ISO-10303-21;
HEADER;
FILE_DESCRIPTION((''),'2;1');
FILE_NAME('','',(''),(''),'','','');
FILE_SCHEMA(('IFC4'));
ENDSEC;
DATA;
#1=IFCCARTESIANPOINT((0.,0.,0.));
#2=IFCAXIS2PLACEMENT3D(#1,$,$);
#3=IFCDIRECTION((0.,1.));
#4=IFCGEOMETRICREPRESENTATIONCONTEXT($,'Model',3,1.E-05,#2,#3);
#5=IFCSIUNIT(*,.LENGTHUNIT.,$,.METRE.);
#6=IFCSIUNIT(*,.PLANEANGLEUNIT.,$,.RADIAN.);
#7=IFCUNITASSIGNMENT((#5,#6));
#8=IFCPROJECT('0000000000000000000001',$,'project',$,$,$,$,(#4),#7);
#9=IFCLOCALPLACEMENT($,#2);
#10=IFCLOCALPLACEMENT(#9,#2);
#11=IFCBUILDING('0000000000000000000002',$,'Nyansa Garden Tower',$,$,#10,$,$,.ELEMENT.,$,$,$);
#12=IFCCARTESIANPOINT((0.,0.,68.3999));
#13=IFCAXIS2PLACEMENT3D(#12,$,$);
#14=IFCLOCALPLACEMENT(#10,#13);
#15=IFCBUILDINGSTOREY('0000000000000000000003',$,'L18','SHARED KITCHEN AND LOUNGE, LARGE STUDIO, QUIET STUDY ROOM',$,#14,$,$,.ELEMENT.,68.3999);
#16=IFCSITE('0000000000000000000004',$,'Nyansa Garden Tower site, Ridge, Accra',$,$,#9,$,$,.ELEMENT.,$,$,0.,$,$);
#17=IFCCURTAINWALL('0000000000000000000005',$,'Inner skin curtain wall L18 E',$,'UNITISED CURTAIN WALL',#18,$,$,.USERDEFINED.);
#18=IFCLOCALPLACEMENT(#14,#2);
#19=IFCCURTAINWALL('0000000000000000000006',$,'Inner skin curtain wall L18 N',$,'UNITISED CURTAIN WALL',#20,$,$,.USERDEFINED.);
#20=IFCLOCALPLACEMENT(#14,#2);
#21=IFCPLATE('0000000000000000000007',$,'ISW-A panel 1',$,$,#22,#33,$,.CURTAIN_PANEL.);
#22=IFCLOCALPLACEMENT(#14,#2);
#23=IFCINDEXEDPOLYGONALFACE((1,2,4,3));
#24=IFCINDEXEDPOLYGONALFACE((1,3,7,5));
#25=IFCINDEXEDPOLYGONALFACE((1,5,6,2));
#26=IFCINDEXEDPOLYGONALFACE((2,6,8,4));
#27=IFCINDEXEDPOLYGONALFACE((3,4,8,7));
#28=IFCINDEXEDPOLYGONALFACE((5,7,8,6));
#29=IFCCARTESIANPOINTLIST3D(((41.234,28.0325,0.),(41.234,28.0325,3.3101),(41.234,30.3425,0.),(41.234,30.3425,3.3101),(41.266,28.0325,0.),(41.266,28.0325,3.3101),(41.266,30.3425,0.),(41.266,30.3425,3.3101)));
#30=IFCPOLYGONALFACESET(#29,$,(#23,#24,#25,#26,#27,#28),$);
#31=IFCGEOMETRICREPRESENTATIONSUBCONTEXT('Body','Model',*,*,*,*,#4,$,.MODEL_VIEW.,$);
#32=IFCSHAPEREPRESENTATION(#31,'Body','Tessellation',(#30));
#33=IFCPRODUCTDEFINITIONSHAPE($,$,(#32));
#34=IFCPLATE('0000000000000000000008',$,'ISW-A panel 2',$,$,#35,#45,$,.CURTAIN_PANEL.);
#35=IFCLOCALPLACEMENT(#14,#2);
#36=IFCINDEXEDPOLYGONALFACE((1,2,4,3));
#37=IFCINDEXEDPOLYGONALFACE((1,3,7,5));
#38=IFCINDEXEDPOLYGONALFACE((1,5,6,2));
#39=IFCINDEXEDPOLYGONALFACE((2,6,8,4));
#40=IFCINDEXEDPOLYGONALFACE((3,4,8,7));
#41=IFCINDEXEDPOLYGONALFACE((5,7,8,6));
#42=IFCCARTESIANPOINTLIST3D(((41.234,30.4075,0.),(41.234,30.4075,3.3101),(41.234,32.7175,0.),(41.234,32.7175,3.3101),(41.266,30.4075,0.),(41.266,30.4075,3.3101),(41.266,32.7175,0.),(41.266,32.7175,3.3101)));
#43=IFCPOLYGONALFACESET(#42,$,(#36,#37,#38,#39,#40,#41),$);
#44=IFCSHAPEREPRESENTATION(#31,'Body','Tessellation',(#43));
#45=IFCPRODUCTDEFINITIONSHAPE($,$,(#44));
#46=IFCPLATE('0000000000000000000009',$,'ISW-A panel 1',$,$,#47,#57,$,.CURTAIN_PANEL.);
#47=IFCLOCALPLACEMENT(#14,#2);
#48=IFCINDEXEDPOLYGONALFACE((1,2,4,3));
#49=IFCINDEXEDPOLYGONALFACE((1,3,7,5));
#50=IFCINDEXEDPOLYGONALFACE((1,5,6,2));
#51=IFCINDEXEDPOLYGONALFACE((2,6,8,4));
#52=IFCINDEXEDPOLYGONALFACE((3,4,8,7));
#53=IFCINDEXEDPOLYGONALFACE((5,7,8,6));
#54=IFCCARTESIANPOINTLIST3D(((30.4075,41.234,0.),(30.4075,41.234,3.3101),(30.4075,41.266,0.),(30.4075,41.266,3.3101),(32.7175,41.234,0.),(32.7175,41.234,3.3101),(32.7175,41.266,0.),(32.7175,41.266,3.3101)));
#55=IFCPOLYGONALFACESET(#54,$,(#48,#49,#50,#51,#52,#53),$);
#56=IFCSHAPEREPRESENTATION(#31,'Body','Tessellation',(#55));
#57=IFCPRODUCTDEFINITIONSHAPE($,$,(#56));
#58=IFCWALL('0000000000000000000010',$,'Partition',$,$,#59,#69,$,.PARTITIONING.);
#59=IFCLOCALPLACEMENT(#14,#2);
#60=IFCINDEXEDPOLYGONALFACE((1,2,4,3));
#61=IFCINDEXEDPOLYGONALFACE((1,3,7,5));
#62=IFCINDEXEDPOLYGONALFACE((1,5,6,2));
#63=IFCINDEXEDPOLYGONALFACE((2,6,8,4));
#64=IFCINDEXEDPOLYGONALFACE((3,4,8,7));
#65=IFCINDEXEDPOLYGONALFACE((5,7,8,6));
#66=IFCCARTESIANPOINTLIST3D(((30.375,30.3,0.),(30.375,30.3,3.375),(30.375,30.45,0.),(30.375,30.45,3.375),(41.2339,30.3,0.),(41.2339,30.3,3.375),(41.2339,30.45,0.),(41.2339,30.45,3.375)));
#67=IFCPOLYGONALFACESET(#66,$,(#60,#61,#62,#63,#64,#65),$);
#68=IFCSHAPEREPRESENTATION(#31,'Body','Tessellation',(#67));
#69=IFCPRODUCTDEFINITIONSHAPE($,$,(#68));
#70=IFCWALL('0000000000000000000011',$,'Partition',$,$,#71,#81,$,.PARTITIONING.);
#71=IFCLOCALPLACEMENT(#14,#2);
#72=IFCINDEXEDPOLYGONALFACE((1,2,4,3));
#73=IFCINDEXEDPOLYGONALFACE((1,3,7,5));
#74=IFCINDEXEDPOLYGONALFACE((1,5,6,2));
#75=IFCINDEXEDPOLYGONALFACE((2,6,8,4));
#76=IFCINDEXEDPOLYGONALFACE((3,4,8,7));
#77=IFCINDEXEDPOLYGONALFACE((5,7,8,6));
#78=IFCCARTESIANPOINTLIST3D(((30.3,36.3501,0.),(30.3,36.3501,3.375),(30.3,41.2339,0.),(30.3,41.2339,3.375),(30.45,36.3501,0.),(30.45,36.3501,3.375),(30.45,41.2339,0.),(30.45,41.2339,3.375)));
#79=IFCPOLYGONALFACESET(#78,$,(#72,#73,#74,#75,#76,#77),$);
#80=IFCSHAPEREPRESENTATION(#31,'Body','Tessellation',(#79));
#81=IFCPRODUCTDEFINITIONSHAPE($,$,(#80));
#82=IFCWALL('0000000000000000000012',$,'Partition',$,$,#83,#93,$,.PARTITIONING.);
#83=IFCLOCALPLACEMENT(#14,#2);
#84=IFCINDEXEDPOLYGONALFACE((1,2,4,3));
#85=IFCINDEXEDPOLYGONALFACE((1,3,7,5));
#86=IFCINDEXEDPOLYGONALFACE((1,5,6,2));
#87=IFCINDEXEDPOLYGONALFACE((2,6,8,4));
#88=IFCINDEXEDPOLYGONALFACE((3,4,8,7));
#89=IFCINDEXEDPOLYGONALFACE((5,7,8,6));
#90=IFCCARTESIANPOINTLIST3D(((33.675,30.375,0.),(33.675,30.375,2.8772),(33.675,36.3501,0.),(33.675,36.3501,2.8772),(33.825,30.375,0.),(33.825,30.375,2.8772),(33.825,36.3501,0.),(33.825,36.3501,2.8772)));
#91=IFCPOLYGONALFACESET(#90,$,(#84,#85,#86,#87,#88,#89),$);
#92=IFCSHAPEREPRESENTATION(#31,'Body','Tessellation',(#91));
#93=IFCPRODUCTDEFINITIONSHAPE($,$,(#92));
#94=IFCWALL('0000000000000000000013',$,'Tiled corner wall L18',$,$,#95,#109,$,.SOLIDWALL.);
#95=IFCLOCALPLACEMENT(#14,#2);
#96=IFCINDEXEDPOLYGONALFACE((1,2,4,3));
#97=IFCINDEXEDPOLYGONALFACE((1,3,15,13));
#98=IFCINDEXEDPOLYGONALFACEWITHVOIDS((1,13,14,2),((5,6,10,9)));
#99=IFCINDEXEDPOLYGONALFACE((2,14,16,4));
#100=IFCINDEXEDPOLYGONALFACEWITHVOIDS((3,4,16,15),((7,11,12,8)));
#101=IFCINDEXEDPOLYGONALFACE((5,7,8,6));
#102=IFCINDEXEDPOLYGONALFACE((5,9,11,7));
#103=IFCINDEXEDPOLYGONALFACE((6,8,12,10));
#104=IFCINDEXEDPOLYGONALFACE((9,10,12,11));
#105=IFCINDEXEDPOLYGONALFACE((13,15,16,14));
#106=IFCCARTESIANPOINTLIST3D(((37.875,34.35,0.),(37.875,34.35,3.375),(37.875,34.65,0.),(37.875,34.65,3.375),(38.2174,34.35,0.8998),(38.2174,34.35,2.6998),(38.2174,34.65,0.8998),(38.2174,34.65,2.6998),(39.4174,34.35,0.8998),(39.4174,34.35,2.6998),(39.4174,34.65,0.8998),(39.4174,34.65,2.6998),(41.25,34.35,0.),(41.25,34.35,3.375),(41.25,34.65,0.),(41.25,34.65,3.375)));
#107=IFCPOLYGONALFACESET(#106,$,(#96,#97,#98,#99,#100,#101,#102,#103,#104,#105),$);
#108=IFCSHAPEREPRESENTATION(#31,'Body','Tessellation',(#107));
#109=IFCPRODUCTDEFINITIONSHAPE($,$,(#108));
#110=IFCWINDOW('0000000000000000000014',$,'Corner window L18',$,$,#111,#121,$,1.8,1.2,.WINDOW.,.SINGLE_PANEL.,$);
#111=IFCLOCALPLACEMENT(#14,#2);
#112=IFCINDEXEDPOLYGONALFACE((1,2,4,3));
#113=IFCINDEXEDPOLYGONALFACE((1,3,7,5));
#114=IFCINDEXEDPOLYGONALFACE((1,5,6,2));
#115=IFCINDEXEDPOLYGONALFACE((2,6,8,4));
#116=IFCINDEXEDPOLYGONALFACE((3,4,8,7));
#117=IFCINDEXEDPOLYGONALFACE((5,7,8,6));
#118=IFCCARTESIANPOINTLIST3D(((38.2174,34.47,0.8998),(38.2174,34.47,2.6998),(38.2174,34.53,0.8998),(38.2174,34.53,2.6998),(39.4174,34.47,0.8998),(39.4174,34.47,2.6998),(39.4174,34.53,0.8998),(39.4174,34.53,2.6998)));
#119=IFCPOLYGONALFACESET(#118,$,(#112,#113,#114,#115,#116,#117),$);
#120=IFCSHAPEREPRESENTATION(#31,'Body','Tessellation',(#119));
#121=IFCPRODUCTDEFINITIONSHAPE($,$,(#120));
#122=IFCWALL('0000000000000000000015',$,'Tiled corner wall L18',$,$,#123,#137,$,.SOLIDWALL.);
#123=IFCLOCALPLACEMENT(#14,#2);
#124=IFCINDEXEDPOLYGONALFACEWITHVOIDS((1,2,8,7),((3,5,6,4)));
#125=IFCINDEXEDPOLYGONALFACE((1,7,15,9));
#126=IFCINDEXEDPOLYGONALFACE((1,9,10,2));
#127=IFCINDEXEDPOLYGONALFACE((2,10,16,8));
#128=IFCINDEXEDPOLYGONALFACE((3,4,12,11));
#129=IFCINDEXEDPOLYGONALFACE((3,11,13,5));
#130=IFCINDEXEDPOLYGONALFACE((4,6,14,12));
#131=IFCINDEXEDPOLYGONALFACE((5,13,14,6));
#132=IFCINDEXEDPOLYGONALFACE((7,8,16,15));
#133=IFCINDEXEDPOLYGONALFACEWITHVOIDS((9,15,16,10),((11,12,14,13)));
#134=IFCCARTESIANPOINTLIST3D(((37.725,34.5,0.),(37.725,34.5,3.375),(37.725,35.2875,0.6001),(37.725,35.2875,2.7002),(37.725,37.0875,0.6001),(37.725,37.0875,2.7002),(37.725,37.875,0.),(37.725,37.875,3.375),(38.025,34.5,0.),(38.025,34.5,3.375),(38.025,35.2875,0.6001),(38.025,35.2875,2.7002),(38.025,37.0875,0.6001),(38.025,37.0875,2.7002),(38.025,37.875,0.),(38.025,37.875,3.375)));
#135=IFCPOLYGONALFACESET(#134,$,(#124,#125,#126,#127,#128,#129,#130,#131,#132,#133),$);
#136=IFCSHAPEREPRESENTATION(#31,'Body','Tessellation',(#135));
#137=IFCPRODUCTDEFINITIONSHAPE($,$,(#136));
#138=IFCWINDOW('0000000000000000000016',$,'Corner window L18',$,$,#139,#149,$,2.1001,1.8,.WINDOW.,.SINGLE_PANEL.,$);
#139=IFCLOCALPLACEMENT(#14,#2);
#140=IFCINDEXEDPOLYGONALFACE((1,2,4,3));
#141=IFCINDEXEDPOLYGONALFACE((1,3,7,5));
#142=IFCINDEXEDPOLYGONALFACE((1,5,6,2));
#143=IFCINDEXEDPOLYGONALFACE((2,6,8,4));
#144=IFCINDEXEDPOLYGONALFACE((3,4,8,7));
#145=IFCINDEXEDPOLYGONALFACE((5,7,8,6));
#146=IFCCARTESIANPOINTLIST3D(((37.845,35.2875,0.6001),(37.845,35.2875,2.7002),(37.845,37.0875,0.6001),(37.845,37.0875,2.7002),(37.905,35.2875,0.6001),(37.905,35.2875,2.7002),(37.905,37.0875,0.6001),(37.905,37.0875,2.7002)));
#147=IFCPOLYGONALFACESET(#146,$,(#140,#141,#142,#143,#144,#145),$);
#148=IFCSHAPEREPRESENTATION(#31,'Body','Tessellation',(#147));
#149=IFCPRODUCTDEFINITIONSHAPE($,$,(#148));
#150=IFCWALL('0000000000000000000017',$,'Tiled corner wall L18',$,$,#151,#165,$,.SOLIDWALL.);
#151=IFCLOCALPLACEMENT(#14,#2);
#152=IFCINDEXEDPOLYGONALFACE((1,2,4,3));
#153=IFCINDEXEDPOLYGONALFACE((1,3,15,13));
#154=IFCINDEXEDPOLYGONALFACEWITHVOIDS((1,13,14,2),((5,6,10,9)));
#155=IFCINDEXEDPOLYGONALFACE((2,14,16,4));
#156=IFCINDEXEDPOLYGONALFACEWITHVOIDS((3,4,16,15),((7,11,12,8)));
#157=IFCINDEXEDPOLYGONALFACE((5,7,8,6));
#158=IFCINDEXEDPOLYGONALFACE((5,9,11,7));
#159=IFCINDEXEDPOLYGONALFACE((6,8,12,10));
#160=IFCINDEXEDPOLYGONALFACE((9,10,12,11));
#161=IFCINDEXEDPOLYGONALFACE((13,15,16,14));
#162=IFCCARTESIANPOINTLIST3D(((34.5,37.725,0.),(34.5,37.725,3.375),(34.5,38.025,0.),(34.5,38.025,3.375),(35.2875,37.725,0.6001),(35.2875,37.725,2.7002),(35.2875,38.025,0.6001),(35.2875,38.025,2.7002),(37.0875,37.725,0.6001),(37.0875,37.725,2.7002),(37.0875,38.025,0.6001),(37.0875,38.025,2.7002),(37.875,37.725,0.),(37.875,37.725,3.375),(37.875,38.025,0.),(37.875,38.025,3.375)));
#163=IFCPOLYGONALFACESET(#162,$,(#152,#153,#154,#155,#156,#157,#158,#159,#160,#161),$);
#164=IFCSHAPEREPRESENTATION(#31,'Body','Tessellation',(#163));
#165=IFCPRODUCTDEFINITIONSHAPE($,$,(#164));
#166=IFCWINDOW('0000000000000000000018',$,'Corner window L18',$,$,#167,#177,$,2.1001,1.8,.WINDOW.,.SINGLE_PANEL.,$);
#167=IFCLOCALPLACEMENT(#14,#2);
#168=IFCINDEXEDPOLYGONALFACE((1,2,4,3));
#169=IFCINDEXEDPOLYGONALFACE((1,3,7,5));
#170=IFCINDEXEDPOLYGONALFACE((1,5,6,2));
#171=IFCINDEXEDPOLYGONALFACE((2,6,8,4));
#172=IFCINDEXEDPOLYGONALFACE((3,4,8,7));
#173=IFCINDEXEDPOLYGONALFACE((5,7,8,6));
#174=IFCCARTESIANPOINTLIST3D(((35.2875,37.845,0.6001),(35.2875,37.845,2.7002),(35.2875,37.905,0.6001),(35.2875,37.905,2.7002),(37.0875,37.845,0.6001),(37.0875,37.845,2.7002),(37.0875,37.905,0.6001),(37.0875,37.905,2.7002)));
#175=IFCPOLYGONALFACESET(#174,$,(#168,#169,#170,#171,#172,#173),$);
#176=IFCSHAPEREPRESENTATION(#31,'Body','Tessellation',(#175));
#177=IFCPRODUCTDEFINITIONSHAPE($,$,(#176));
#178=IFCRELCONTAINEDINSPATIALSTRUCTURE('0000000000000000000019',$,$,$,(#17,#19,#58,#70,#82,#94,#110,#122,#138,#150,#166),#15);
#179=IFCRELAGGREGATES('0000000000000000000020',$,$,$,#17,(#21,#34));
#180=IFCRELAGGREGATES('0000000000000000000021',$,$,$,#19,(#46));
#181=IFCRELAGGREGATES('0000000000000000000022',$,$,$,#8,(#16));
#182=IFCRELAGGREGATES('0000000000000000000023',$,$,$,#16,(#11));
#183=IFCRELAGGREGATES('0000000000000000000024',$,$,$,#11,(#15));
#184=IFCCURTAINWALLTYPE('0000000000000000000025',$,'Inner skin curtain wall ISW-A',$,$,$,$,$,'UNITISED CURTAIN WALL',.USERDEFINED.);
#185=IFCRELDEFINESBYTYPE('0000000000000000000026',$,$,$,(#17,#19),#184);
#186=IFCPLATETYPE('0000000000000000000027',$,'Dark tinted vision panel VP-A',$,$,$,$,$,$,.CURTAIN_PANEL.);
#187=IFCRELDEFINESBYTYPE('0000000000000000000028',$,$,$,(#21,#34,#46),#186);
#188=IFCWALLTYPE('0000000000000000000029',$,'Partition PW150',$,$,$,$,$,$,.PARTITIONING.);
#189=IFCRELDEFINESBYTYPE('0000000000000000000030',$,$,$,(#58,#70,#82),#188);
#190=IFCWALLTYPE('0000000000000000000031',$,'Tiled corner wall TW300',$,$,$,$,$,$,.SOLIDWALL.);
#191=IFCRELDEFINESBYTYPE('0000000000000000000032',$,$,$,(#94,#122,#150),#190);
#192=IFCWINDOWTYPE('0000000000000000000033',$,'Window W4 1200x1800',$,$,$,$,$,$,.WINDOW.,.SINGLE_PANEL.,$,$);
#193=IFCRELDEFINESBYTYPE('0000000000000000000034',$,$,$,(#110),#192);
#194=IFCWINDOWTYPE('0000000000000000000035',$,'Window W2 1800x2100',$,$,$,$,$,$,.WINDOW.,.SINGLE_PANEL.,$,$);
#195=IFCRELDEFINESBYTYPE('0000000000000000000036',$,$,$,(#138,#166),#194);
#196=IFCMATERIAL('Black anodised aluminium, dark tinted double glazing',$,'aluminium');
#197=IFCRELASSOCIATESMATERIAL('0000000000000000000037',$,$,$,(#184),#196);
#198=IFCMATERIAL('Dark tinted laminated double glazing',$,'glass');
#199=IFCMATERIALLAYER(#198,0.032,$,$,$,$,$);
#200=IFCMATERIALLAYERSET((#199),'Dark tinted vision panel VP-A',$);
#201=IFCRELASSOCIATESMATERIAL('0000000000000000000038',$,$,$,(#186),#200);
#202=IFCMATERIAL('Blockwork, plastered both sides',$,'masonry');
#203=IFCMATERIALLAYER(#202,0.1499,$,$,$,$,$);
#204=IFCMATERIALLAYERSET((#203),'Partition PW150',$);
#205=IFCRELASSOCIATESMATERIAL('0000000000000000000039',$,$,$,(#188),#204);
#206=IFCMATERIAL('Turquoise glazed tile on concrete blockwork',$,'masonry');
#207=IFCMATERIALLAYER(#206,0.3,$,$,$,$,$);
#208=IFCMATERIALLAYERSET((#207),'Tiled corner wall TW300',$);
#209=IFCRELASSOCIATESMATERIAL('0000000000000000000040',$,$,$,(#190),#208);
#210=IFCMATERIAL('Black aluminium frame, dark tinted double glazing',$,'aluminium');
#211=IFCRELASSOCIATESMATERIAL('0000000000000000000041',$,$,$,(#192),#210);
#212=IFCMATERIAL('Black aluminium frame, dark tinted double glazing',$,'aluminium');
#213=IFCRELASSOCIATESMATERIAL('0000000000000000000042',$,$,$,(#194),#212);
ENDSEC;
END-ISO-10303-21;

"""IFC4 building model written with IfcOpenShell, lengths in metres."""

from ifc_helpers import new_model, si_unit, direction, frame, frame_2d, origin, origin_2d, place, context, subcontext, project, spatial, rectangle, extrude, material, layer, layer_set, type_object, element, fill, aggregate, save


model = new_model("IFC4")

# Units and contexts
model_context = context("Model", 3, precision=1e-05, world=origin(), true_north=direction((0.0, 1.0)))
body_context = subcontext(model_context, "Body", "Model", "MODEL_VIEW")
ifc_project = project(units=[si_unit("LENGTHUNIT", "METRE"), si_unit("PLANEANGLEUNIT", "RADIAN")], contexts=[model_context])

# Site, building, storey
site_placement = place(None, origin())
site = spatial("IfcSite", under=ifc_project, at=site_placement, Name="Nyansa Garden Tower site, Ridge, Accra", CompositionType="ELEMENT", RefElevation=0.0)
building_placement = place(site_placement, origin())
building = spatial("IfcBuilding", under=site, at=building_placement, Name="Nyansa Garden Tower", CompositionType="ELEMENT")
storey_placement = place(building_placement, frame((0.0, 0.0, 68.3999)))
storey = spatial("IfcBuildingStorey", under=building, at=storey_placement, Name="L18", Description="SHARED KITCHEN AND LOUNGE, LARGE STUDIO, QUIET STUDY ROOM", CompositionType="ELEMENT", Elevation=68.3999)

# Curtain walls
ifc_material_1 = material(Name="Black anodised aluminium, dark tinted double glazing", Category="aluminium")
curtain_wall_type = type_object("IfcCurtainWallType", Name="Inner skin curtain wall ISW-A", ElementType="UNITISED CURTAIN WALL", PredefinedType="USERDEFINED", material=ifc_material_1)
curtain_wall_1_placement = place(storey_placement, origin())
curtain_wall_1 = element("IfcCurtainWall", 1, at=curtain_wall_1_placement, inside=storey, type_object=curtain_wall_type, Name="Inner skin curtain wall L18 E", ObjectType="UNITISED CURTAIN WALL", PredefinedType="USERDEFINED")
curtain_wall_2_placement = place(storey_placement, origin())
curtain_wall_2 = element("IfcCurtainWall", 2, at=curtain_wall_2_placement, inside=storey, type_object=curtain_wall_type, Name="Inner skin curtain wall L18 N", ObjectType="UNITISED CURTAIN WALL", PredefinedType="USERDEFINED")

# Plates
ifc_material_2 = material(Name="Dark tinted laminated double glazing", Category="glass")
ifc_layer_1 = layer(ifc_material_2, 0.032)
ifc_layer_set_1 = layer_set([ifc_layer_1], Name="Dark tinted vision panel VP-A")
plate_type = type_object("IfcPlateType", Name="Dark tinted vision panel VP-A", PredefinedType="CURTAIN_PANEL", material=ifc_layer_set_1)
plate_1_placement = place(storey_placement, frame((41.25, 29.1875, 0.0), z_axis=(0.0, 0.0, 1.0), x_axis=(0.0, 1.0, 0.0)))
plate_1 = element("IfcPlate", 3, at=plate_1_placement, type_object=plate_type, Name="ISW-A panel 1", PredefinedType="CURTAIN_PANEL", context=body_context, shape_type="SweptSolid", body=[
    extrude(rectangle(XDim=2.3101, YDim=0.032, at=origin_2d()), origin(), (0.0, 0.0, 1.0), 3.3101),
])
plate_2_placement = place(storey_placement, frame((41.25, 31.5625, 0.0), z_axis=(0.0, 0.0, 1.0), x_axis=(0.0, 1.0, 0.0)))
plate_2 = element("IfcPlate", 4, at=plate_2_placement, type_object=plate_type, Name="ISW-A panel 2", PredefinedType="CURTAIN_PANEL", context=body_context, shape_type="SweptSolid", body=[
    extrude(rectangle(XDim=2.3101, YDim=0.032, at=origin_2d()), origin(), (0.0, 0.0, 1.0), 3.3101),
])
aggregate(curtain_wall_1, [plate_1, plate_2])
plate_3_placement = place(storey_placement, frame((31.5625, 41.25, 0.0), z_axis=(0.0, 0.0, 1.0), x_axis=(-1.0, 0.0, 0.0)))
plate_3 = element("IfcPlate", 5, at=plate_3_placement, type_object=plate_type, Name="ISW-A panel 1", PredefinedType="CURTAIN_PANEL", context=body_context, shape_type="SweptSolid", body=[
    extrude(rectangle(XDim=2.3101, YDim=0.032, at=origin_2d()), origin(), (0.0, 0.0, 1.0), 3.3101),
])
aggregate(curtain_wall_2, [plate_3])

# Walls
ifc_material_3 = material(Name="Blockwork, plastered both sides", Category="masonry")
ifc_layer_2 = layer(ifc_material_3, 0.1499)
ifc_layer_set_2 = layer_set([ifc_layer_2], Name="Partition PW150")
wall_type_1 = type_object("IfcWallType", Name="Partition PW150", PredefinedType="PARTITIONING", material=ifc_layer_set_2)
wall_1_placement = place(storey_placement, frame((30.375, 30.375, 0.0), z_axis=(0.0, 0.0, 1.0), x_axis=(1.0, 0.0, 0.0)))
element("IfcWall", 6, at=wall_1_placement, inside=storey, type_object=wall_type_1, Name="Partition", PredefinedType="PARTITIONING", context=body_context, shape_type="SweptSolid", body=[
    extrude(rectangle(XDim=10.8589, YDim=0.1499, at=frame_2d((5.4294, 0.0))), origin(), (0.0, 0.0, 1.0), 3.375),
])
wall_2_placement = place(storey_placement, frame((30.375, 36.3501, 0.0), z_axis=(0.0, 0.0, 1.0), x_axis=(0.0, 1.0, 0.0)))
element("IfcWall", 7, at=wall_2_placement, inside=storey, type_object=wall_type_1, Name="Partition", PredefinedType="PARTITIONING", context=body_context, shape_type="SweptSolid", body=[
    extrude(rectangle(XDim=4.8838, YDim=0.1499, at=frame_2d((2.4419, 0.0))), origin(), (0.0, 0.0, 1.0), 3.375),
])
wall_3_placement = place(storey_placement, frame((33.75, 30.375, 0.0), z_axis=(0.0, 0.0, 1.0), x_axis=(0.0, 1.0, 0.0)))
element("IfcWall", 8, at=wall_3_placement, inside=storey, type_object=wall_type_1, Name="Partition", PredefinedType="PARTITIONING", context=body_context, shape_type="SweptSolid", body=[
    extrude(rectangle(XDim=5.9751, YDim=0.1499, at=frame_2d((2.9875, 0.0))), origin(), (0.0, 0.0, 1.0), 2.8772),
])

# Walls, openings, windows
ifc_material_4 = material(Name="Turquoise glazed tile on concrete blockwork", Category="masonry")
ifc_layer_3 = layer(ifc_material_4, 0.3)
ifc_layer_set_3 = layer_set([ifc_layer_3], Name="Tiled corner wall TW300")
wall_type_2 = type_object("IfcWallType", Name="Tiled corner wall TW300", PredefinedType="SOLIDWALL", material=ifc_layer_set_3)
wall_4_placement = place(storey_placement, frame((41.25, 34.5, 0.0), z_axis=(0.0, 0.0, 1.0), x_axis=(-1.0, 0.0, 0.0)))
wall_4 = element("IfcWall", 9, at=wall_4_placement, inside=storey, type_object=wall_type_2, Name="Tiled corner wall L18", PredefinedType="SOLIDWALL", context=body_context, shape_type="SweptSolid", body=[
    extrude(rectangle(XDim=3.375, YDim=0.3, at=frame_2d((1.6875, 0.0))), origin(), (0.0, 0.0, 1.0), 3.375),
])
opening_1_placement = place(wall_4_placement, frame((1.8325, 0.0, 0.8999)))
opening_1 = element("IfcOpeningElement", 10, at=opening_1_placement, cuts=wall_4, PredefinedType="OPENING", context=body_context, shape_type="SweptSolid", body=[
    extrude(rectangle(XDim=1.2, YDim=1.8, at=frame_2d((0.6001, 0.8999))), frame((0.0, 0.1599, 0.0), z_axis=(0.0, -1.0, 0.0), x_axis=(1.0, 0.0, 0.0)), (0.0, 0.0, 1.0), 0.3201),
])
ifc_material_5 = material(Name="Black aluminium frame, dark tinted double glazing", Category="aluminium")
window_type_1 = type_object("IfcWindowType", Name="Window W4 1200x1800", PartitioningType="SINGLE_PANEL", PredefinedType="WINDOW", material=ifc_material_5)
window_1_placement = place(opening_1_placement, origin())
window_1 = element("IfcWindow", 11, at=window_1_placement, inside=storey, type_object=window_type_1, Name="Corner window L18", OverallHeight=1.8, OverallWidth=1.2, PartitioningType="SINGLE_PANEL", PredefinedType="WINDOW", context=body_context, shape_type="SweptSolid", body=[
    extrude(rectangle(XDim=1.2, YDim=1.8, at=frame_2d((0.6001, 0.8999))), frame((0.0, 0.03, 0.0), z_axis=(0.0, -1.0, 0.0), x_axis=(1.0, 0.0, 0.0)), (0.0, 0.0, 1.0), 0.0601),
])
fill(opening_1, window_1)
wall_5_placement = place(storey_placement, frame((37.875, 34.5, 0.0), z_axis=(0.0, 0.0, 1.0), x_axis=(0.0, 1.0, 0.0)))
wall_5 = element("IfcWall", 12, at=wall_5_placement, inside=storey, type_object=wall_type_2, Name="Tiled corner wall L18", PredefinedType="SOLIDWALL", context=body_context, shape_type="SweptSolid", body=[
    extrude(rectangle(XDim=3.375, YDim=0.3, at=frame_2d((1.6875, 0.0))), origin(), (0.0, 0.0, 1.0), 3.375),
])
opening_2_placement = place(wall_5_placement, frame((0.7876, 0.0, 0.6001)))
opening_2 = element("IfcOpeningElement", 13, at=opening_2_placement, cuts=wall_5, PredefinedType="OPENING", context=body_context, shape_type="SweptSolid", body=[
    extrude(rectangle(XDim=1.8, YDim=2.1001, at=frame_2d((0.8999, 1.05))), frame((0.0, 0.1599, 0.0), z_axis=(0.0, -1.0, 0.0), x_axis=(1.0, 0.0, 0.0)), (0.0, 0.0, 1.0), 0.3201),
])
ifc_material_6 = material(Name="Black aluminium frame, dark tinted double glazing", Category="aluminium")
window_type_2 = type_object("IfcWindowType", Name="Window W2 1800x2100", PartitioningType="SINGLE_PANEL", PredefinedType="WINDOW", material=ifc_material_6)
window_2_placement = place(opening_2_placement, origin())
window_2 = element("IfcWindow", 14, at=window_2_placement, inside=storey, type_object=window_type_2, Name="Corner window L18", OverallHeight=2.1001, OverallWidth=1.8, PartitioningType="SINGLE_PANEL", PredefinedType="WINDOW", context=body_context, shape_type="SweptSolid", body=[
    extrude(rectangle(XDim=1.8, YDim=2.1001, at=frame_2d((0.8999, 1.05))), frame((0.0, 0.03, 0.0), z_axis=(0.0, -1.0, 0.0), x_axis=(1.0, 0.0, 0.0)), (0.0, 0.0, 1.0), 0.0601),
])
fill(opening_2, window_2)
wall_6_placement = place(storey_placement, frame((37.875, 37.875, 0.0), z_axis=(0.0, 0.0, 1.0), x_axis=(-1.0, 0.0, 0.0)))
wall_6 = element("IfcWall", 15, at=wall_6_placement, inside=storey, type_object=wall_type_2, Name="Tiled corner wall L18", PredefinedType="SOLIDWALL", context=body_context, shape_type="SweptSolid", body=[
    extrude(rectangle(XDim=3.375, YDim=0.3, at=frame_2d((1.6875, 0.0))), origin(), (0.0, 0.0, 1.0), 3.375),
])
opening_3_placement = place(wall_6_placement, frame((0.7876, 0.0, 0.6001)))
opening_3 = element("IfcOpeningElement", 16, at=opening_3_placement, cuts=wall_6, PredefinedType="OPENING", context=body_context, shape_type="SweptSolid", body=[
    extrude(rectangle(XDim=1.8, YDim=2.1001, at=frame_2d((0.8999, 1.05))), frame((0.0, 0.1599, 0.0), z_axis=(0.0, -1.0, 0.0), x_axis=(1.0, 0.0, 0.0)), (0.0, 0.0, 1.0), 0.3201),
])
window_3_placement = place(opening_3_placement, origin())
window_3 = element("IfcWindow", 17, at=window_3_placement, inside=storey, type_object=window_type_2, Name="Corner window L18", OverallHeight=2.1001, OverallWidth=1.8, PartitioningType="SINGLE_PANEL", PredefinedType="WINDOW", context=body_context, shape_type="SweptSolid", body=[
    extrude(rectangle(XDim=1.8, YDim=2.1001, at=frame_2d((0.8999, 1.05))), frame((0.0, 0.03, 0.0), z_axis=(0.0, -1.0, 0.0), x_axis=(1.0, 0.0, 0.0)), (0.0, 0.0, 1.0), 0.0601),
])
fill(opening_3, window_3)

save(model, "model.ifc")
